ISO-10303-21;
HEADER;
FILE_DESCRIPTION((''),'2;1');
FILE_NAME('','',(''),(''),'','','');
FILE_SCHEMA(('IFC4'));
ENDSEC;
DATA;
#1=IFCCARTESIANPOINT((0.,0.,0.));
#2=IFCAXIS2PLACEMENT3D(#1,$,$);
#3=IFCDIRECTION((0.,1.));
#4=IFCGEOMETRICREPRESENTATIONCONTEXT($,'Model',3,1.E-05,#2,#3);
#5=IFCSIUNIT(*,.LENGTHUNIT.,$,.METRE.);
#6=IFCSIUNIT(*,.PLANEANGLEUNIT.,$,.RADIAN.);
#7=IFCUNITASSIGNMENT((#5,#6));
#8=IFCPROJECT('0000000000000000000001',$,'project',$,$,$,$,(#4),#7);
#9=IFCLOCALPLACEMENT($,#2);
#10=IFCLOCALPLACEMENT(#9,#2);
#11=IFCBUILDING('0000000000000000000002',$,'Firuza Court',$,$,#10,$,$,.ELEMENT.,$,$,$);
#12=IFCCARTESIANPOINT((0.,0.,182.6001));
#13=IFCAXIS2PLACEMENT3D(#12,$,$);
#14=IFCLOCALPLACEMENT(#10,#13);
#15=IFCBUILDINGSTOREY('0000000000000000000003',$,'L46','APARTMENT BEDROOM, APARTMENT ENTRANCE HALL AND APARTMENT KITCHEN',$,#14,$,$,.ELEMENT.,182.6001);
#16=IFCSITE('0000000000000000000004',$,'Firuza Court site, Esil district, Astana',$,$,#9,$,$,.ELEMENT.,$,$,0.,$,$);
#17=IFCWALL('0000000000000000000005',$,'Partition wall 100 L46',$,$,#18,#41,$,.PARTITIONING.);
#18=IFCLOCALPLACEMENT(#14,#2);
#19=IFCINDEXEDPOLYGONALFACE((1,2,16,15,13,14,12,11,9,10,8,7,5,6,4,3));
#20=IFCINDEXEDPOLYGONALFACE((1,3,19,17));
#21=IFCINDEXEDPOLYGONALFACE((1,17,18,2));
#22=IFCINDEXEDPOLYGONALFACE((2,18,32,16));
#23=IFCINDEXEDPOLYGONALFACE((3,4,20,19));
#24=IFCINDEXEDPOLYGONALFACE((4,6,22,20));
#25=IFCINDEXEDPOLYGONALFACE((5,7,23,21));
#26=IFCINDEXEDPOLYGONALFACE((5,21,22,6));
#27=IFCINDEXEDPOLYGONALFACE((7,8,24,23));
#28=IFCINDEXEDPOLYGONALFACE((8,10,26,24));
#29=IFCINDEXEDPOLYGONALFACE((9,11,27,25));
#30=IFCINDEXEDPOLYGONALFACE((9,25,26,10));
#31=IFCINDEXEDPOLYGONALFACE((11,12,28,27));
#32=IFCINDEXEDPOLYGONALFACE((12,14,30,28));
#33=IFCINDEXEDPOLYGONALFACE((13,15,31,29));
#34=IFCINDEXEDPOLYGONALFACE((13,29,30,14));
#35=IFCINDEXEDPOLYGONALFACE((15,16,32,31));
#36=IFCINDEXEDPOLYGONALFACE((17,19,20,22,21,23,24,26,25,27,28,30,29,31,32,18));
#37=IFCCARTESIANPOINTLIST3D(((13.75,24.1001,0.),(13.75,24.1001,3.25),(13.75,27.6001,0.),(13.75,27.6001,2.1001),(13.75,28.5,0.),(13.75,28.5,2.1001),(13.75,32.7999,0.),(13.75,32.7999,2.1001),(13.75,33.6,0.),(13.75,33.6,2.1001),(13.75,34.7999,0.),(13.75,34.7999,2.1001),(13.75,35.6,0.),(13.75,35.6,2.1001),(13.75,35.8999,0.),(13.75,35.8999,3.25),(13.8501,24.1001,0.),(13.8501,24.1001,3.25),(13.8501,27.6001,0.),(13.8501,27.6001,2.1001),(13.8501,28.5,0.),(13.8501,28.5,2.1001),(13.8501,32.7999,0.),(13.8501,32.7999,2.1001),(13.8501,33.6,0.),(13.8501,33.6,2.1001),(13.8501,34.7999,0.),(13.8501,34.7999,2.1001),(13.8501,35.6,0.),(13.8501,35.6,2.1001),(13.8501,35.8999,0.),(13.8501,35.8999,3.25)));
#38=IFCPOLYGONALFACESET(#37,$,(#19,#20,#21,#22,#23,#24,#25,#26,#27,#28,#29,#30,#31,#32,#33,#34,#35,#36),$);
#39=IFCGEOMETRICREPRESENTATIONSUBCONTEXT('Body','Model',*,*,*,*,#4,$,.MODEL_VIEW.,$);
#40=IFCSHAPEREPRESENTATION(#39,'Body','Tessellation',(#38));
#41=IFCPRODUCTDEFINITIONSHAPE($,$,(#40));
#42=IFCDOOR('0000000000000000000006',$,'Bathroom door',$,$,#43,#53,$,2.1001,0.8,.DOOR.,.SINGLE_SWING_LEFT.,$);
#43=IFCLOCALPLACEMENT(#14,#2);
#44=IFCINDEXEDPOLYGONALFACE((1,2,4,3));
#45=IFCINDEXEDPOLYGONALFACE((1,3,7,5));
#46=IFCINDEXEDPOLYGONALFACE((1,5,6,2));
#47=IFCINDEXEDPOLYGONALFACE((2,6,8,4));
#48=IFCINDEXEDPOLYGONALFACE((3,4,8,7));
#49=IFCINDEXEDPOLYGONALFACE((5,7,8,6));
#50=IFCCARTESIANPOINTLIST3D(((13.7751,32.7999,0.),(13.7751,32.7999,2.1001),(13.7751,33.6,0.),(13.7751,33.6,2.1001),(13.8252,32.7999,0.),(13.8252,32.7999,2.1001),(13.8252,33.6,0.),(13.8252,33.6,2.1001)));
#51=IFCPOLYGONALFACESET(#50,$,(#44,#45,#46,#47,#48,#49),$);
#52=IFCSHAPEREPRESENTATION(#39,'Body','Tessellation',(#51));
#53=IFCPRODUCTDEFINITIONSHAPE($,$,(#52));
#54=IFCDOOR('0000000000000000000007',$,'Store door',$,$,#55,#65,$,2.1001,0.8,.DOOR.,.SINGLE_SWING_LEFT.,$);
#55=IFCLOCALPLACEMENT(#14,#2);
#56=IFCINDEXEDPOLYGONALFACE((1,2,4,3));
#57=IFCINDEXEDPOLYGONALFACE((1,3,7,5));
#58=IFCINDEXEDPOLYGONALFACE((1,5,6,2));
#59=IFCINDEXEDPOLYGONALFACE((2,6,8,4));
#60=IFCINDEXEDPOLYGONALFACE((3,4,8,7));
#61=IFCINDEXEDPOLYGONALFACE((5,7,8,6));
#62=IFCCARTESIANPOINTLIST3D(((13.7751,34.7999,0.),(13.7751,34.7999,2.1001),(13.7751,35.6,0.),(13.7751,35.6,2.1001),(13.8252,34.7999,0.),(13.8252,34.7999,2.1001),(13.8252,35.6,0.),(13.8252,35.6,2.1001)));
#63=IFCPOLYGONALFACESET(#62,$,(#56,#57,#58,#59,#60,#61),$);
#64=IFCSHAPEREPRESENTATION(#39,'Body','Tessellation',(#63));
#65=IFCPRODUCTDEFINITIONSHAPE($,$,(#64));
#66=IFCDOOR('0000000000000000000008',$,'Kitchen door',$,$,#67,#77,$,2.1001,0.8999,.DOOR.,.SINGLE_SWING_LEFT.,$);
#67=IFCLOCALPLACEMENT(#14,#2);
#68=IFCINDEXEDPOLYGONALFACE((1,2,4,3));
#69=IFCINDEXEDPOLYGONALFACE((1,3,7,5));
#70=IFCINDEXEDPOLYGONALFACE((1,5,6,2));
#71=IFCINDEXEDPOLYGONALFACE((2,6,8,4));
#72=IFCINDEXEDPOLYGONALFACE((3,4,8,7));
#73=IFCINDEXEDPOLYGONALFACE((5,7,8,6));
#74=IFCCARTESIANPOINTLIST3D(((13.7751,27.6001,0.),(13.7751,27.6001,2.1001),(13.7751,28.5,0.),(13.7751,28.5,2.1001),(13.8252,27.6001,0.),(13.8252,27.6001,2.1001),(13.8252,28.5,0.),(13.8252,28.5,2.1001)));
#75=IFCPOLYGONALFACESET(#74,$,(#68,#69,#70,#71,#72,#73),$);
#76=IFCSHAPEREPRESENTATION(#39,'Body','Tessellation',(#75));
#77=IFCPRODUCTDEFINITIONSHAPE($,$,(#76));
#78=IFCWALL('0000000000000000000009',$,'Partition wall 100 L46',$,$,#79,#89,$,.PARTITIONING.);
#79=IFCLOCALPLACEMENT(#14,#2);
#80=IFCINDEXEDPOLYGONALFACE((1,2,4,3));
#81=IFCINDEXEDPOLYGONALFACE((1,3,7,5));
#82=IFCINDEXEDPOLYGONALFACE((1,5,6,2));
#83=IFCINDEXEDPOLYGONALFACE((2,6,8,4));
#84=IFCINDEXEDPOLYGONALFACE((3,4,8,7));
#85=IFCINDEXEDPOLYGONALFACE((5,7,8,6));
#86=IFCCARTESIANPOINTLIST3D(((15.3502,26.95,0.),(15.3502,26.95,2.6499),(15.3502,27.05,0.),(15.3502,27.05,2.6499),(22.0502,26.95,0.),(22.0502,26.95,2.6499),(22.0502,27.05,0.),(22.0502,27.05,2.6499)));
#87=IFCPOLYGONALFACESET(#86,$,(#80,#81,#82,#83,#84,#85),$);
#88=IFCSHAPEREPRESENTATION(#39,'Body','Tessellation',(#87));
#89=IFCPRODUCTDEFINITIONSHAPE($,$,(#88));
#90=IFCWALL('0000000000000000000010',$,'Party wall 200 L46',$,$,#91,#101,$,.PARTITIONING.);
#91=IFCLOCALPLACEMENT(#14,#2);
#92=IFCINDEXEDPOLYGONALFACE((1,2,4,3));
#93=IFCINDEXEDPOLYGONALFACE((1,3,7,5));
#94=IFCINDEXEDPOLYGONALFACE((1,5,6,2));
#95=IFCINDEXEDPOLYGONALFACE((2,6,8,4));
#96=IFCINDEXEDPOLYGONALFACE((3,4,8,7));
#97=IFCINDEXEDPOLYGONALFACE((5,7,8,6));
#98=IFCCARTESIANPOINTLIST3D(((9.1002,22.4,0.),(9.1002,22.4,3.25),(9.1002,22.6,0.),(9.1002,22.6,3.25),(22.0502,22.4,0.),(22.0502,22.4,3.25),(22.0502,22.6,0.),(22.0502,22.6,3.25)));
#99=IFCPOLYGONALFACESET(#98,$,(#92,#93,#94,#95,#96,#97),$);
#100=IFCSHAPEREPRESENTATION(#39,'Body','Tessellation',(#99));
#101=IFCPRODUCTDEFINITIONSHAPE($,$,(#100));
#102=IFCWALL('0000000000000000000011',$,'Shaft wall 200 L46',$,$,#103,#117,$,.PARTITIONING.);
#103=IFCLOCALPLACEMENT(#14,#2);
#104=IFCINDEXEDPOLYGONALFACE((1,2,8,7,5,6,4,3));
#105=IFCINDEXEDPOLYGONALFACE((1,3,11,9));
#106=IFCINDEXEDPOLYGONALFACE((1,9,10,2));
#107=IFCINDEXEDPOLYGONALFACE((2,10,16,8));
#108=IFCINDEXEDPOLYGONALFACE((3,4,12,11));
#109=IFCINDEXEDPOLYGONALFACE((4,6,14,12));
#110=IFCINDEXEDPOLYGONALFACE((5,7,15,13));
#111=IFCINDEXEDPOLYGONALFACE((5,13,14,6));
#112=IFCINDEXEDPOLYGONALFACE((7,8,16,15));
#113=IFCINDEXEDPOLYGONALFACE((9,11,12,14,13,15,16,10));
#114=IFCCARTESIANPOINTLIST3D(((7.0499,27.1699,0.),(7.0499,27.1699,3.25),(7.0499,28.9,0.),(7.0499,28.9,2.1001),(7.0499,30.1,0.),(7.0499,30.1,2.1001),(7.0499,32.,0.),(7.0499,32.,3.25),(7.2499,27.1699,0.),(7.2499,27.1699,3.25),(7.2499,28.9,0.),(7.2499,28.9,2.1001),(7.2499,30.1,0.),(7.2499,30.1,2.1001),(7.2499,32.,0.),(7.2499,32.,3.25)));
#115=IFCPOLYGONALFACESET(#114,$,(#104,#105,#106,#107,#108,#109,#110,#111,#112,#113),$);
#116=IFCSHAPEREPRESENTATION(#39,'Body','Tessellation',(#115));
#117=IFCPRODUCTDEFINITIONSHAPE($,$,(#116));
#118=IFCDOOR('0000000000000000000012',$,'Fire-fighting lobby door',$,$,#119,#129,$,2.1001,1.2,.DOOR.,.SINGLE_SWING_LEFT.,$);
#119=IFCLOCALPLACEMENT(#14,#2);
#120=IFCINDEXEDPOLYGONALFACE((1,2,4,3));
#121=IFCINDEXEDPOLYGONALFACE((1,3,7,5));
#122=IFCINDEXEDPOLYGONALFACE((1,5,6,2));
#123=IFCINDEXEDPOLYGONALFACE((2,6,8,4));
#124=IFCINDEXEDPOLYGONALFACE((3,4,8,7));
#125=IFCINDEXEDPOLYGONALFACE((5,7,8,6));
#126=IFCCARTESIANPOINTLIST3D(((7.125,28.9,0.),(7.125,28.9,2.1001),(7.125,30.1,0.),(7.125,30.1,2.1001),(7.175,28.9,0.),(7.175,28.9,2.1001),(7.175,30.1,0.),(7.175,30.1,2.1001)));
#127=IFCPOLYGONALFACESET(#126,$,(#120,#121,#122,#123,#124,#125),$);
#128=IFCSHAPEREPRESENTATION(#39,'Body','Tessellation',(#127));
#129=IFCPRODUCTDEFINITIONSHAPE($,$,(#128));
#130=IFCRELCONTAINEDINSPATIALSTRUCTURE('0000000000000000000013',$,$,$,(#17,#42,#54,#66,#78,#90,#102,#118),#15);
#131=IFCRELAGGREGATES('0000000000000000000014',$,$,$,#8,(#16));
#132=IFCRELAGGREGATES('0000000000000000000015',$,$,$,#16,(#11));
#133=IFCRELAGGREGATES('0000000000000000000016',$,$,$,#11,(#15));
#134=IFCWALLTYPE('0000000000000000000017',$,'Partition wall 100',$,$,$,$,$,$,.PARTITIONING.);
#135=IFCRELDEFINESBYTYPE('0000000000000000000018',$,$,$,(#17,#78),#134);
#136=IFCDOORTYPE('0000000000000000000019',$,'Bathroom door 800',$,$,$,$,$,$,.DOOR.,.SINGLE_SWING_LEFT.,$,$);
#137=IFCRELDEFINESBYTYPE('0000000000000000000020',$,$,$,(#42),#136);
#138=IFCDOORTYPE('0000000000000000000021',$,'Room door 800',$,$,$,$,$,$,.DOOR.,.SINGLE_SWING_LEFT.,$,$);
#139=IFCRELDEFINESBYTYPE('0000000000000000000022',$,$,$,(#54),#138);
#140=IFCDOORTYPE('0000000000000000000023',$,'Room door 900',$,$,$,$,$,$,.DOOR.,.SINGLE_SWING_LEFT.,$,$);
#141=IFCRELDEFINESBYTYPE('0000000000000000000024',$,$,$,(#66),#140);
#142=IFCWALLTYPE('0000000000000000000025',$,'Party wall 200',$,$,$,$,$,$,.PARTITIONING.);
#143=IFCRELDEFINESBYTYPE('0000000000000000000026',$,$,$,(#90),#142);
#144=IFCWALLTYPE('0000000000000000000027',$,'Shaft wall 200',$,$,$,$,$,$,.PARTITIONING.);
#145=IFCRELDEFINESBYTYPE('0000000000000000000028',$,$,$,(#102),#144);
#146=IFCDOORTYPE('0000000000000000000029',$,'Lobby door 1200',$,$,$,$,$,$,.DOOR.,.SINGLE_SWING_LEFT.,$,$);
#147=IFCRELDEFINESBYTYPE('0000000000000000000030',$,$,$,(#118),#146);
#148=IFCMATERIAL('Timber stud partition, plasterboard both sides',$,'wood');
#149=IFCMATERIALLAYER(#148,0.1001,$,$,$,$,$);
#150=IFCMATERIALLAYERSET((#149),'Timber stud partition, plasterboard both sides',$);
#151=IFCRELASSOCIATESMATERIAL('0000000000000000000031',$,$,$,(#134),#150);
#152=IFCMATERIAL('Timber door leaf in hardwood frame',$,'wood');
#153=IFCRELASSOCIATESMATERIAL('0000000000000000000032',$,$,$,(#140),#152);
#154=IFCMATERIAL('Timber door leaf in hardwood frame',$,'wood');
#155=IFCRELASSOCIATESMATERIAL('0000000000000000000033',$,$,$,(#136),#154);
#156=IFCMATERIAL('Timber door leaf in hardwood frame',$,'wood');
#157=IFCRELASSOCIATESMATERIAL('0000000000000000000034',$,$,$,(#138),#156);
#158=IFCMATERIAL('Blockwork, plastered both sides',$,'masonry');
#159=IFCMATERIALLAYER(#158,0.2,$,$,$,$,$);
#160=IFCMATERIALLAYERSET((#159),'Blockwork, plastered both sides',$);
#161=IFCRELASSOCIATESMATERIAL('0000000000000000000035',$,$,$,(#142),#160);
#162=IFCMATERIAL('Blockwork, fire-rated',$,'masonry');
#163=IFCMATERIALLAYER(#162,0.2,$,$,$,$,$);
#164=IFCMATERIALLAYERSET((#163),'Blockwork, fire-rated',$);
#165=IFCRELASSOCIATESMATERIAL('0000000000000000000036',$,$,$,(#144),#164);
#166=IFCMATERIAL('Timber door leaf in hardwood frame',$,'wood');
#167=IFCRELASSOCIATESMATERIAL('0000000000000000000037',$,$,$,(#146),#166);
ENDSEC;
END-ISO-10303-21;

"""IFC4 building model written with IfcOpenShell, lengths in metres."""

from ifc_helpers import new_model, si_unit, direction, frame, frame_2d, origin, place, context, subcontext, project, spatial, rectangle, extrude, material, layer, layer_set, type_object, element, fill, save


model = new_model("IFC4")

# Units and contexts
model_context = context("Model", 3, precision=1e-05, world=origin(), true_north=direction((0.0, 1.0)))
body_context = subcontext(model_context, "Body", "Model", "MODEL_VIEW")
ifc_project = project(units=[si_unit("LENGTHUNIT", "METRE"), si_unit("PLANEANGLEUNIT", "RADIAN")], contexts=[model_context])

# Site, building, storey
site_placement = place(None, origin())
site = spatial("IfcSite", under=ifc_project, at=site_placement, Name="Firuza Court site, Esil district, Astana", CompositionType="ELEMENT", RefElevation=0.0)
building_placement = place(site_placement, origin())
building = spatial("IfcBuilding", under=site, at=building_placement, Name="Firuza Court", CompositionType="ELEMENT")
storey_placement = place(building_placement, frame((0.0, 0.0, 182.6001)))
storey = spatial("IfcBuildingStorey", under=building, at=storey_placement, Name="L46", Description="APARTMENT BEDROOM, APARTMENT ENTRANCE HALL AND APARTMENT KITCHEN", CompositionType="ELEMENT", Elevation=182.6001)

# Shared definitions
ifc_material_1 = material(Name="Timber stud partition, plasterboard both sides", Category="wood")
ifc_layer_1 = layer(ifc_material_1, 0.1001)
ifc_layer_set_1 = layer_set([ifc_layer_1], Name="Timber stud partition, plasterboard both sides")
wall_type_1 = type_object("IfcWallType", Name="Partition wall 100", PredefinedType="PARTITIONING", material=ifc_layer_set_1)
ifc_material_2 = material(Name="Timber door leaf in hardwood frame", Category="wood")
door_type_1 = type_object("IfcDoorType", Name="Room door 900", OperationType="SINGLE_SWING_LEFT", PredefinedType="DOOR", material=ifc_material_2)

# Wall, openings, doors
wall_1_placement = place(storey_placement, frame((13.8, 24.1001, 0.0), z_axis=(0.0, 0.0, 1.0), x_axis=(0.0, 1.0, 0.0)))
wall_1 = element("IfcWall", 1, at=wall_1_placement, inside=storey, type_object=wall_type_1, Name="Partition wall 100 L46", PredefinedType="PARTITIONING", context=body_context, shape_type="SweptSolid", body=[
    extrude(rectangle(XDim=11.7998, YDim=0.1001, at=frame_2d((5.8999, 0.0))), origin(), (0.0, 0.0, 1.0), 3.25),
])
opening_1_placement = place(wall_1_placement, frame((8.7, 0.0, 0.0)))
opening_1 = element("IfcOpeningElement", 2, at=opening_1_placement, cuts=wall_1, PredefinedType="OPENING", context=body_context, shape_type="SweptSolid", body=[
    extrude(rectangle(XDim=0.8, YDim=2.1001, at=frame_2d((0.3999, 1.05))), frame((0.0, 0.062, 0.0), z_axis=(0.0, -1.0, 0.0), x_axis=(1.0, 0.0, 0.0)), (0.0, 0.0, 1.0), 0.124),
])
opening_2_placement = place(wall_1_placement, frame((3.5, 0.0, 0.0)))
opening_2 = element("IfcOpeningElement", 3, at=opening_2_placement, cuts=wall_1, PredefinedType="OPENING", context=body_context, shape_type="SweptSolid", body=[
    extrude(rectangle(XDim=0.8999, YDim=2.1001, at=frame_2d((0.45, 1.05))), frame((0.0, 0.062, 0.0), z_axis=(0.0, -1.0, 0.0), x_axis=(1.0, 0.0, 0.0)), (0.0, 0.0, 1.0), 0.124),
])
opening_3_placement = place(wall_1_placement, frame((10.7, 0.0, 0.0)))
opening_3 = element("IfcOpeningElement", 4, at=opening_3_placement, cuts=wall_1, PredefinedType="OPENING", context=body_context, shape_type="SweptSolid", body=[
    extrude(rectangle(XDim=0.8, YDim=2.1001, at=frame_2d((0.3999, 1.05))), frame((0.0, 0.062, 0.0), z_axis=(0.0, -1.0, 0.0), x_axis=(1.0, 0.0, 0.0)), (0.0, 0.0, 1.0), 0.124),
])
ifc_material_3 = material(Name="Timber door leaf in hardwood frame", Category="wood")
door_type_2 = type_object("IfcDoorType", Name="Bathroom door 800", OperationType="SINGLE_SWING_LEFT", PredefinedType="DOOR", material=ifc_material_3)
door_1_placement = place(opening_1_placement, origin())
door_1 = element("IfcDoor", 5, at=door_1_placement, inside=storey, type_object=door_type_2, Name="Bathroom door", OperationType="SINGLE_SWING_LEFT", OverallHeight=2.1001, OverallWidth=0.8, PredefinedType="DOOR", context=body_context, shape_type="SweptSolid", body=[
    extrude(rectangle(XDim=0.8, YDim=2.1001, at=frame_2d((0.3999, 1.05))), frame((0.0, 0.0249, 0.0), z_axis=(0.0, -1.0, 0.0), x_axis=(1.0, 0.0, 0.0)), (0.0, 0.0, 1.0), 0.05),
])
fill(opening_1, door_1)
ifc_material_4 = material(Name="Timber door leaf in hardwood frame", Category="wood")
door_type_3 = type_object("IfcDoorType", Name="Room door 800", OperationType="SINGLE_SWING_LEFT", PredefinedType="DOOR", material=ifc_material_4)
door_2_placement = place(opening_3_placement, origin())
door_2 = element("IfcDoor", 6, at=door_2_placement, inside=storey, type_object=door_type_3, Name="Store door", OperationType="SINGLE_SWING_LEFT", OverallHeight=2.1001, OverallWidth=0.8, PredefinedType="DOOR", context=body_context, shape_type="SweptSolid", body=[
    extrude(rectangle(XDim=0.8, YDim=2.1001, at=frame_2d((0.3999, 1.05))), frame((0.0, 0.0249, 0.0), z_axis=(0.0, -1.0, 0.0), x_axis=(1.0, 0.0, 0.0)), (0.0, 0.0, 1.0), 0.05),
])
fill(opening_3, door_2)
door_3_placement = place(opening_2_placement, origin())
door_3 = element("IfcDoor", 7, at=door_3_placement, inside=storey, type_object=door_type_1, Name="Kitchen door", OperationType="SINGLE_SWING_LEFT", OverallHeight=2.1001, OverallWidth=0.8999, PredefinedType="DOOR", context=body_context, shape_type="SweptSolid", body=[
    extrude(rectangle(XDim=0.8999, YDim=2.1001, at=frame_2d((0.45, 1.05))), frame((0.0, 0.0249, 0.0), z_axis=(0.0, -1.0, 0.0), x_axis=(1.0, 0.0, 0.0)), (0.0, 0.0, 1.0), 0.05),
])
fill(opening_2, door_3)

# Walls
wall_2_placement = place(storey_placement, frame((15.3501, 27.0, 0.0), z_axis=(0.0, 0.0, 1.0), x_axis=(1.0, 0.0, 0.0)))
element("IfcWall", 8, at=wall_2_placement, inside=storey, type_object=wall_type_1, Name="Partition wall 100 L46", PredefinedType="PARTITIONING", context=body_context, shape_type="SweptSolid", body=[
    extrude(rectangle(XDim=6.7, YDim=0.1001, at=frame_2d((3.3501, 0.0))), origin(), (0.0, 0.0, 1.0), 2.6499),
])
ifc_material_5 = material(Name="Blockwork, plastered both sides", Category="masonry")
ifc_layer_2 = layer(ifc_material_5, 0.2)
ifc_layer_set_2 = layer_set([ifc_layer_2], Name="Blockwork, plastered both sides")
wall_type_2 = type_object("IfcWallType", Name="Party wall 200", PredefinedType="PARTITIONING", material=ifc_layer_set_2)
wall_3_placement = place(storey_placement, frame((9.1001, 22.5, 0.0), z_axis=(0.0, 0.0, 1.0), x_axis=(1.0, 0.0, 0.0)))
element("IfcWall", 9, at=wall_3_placement, inside=storey, type_object=wall_type_2, Name="Party wall 200 L46", PredefinedType="PARTITIONING", context=body_context, shape_type="SweptSolid", body=[
    extrude(rectangle(XDim=12.95, YDim=0.2, at=frame_2d((6.4751, 0.0))), origin(), (0.0, 0.0, 1.0), 3.25),
])

# Wall, opening, door
ifc_material_6 = material(Name="Blockwork, fire-rated", Category="masonry")
ifc_layer_3 = layer(ifc_material_6, 0.2)
ifc_layer_set_3 = layer_set([ifc_layer_3], Name="Blockwork, fire-rated")
wall_type_3 = type_object("IfcWallType", Name="Shaft wall 200", PredefinedType="PARTITIONING", material=ifc_layer_set_3)
wall_4_placement = place(storey_placement, frame((7.1499, 27.1699, 0.0), z_axis=(0.0, 0.0, 1.0), x_axis=(0.0, 1.0, 0.0)))
wall_4 = element("IfcWall", 10, at=wall_4_placement, inside=storey, type_object=wall_type_3, Name="Shaft wall 200 L46", PredefinedType="PARTITIONING", context=body_context, shape_type="SweptSolid", body=[
    extrude(rectangle(XDim=4.8301, YDim=0.2, at=frame_2d((2.415, 0.0))), origin(), (0.0, 0.0, 1.0), 3.25),
])
opening_4_placement = place(wall_4_placement, frame((1.73, 0.0, 0.0)))
opening_4 = element("IfcOpeningElement", 11, at=opening_4_placement, cuts=wall_4, PredefinedType="OPENING", context=body_context, shape_type="SweptSolid", body=[
    extrude(rectangle(XDim=1.2, YDim=2.1001, at=frame_2d((0.6001, 1.05))), frame((0.0, 0.1118, 0.0), z_axis=(0.0, -1.0, 0.0), x_axis=(1.0, 0.0, 0.0)), (0.0, 0.0, 1.0), 0.2239),
])
ifc_material_7 = material(Name="Timber door leaf in hardwood frame", Category="wood")
door_type_4 = type_object("IfcDoorType", Name="Lobby door 1200", OperationType="SINGLE_SWING_LEFT", PredefinedType="DOOR", material=ifc_material_7)
door_4_placement = place(opening_4_placement, origin())
door_4 = element("IfcDoor", 12, at=door_4_placement, inside=storey, type_object=door_type_4, Name="Fire-fighting lobby door", OperationType="SINGLE_SWING_LEFT", OverallHeight=2.1001, OverallWidth=1.2, PredefinedType="DOOR", context=body_context, shape_type="SweptSolid", body=[
    extrude(rectangle(XDim=1.2, YDim=2.1001, at=frame_2d((0.6001, 1.05))), frame((0.0, 0.0249, 0.0), z_axis=(0.0, -1.0, 0.0), x_axis=(1.0, 0.0, 0.0)), (0.0, 0.0, 1.0), 0.05),
])
fill(opening_4, door_4)

save(model, "model.ifc")
